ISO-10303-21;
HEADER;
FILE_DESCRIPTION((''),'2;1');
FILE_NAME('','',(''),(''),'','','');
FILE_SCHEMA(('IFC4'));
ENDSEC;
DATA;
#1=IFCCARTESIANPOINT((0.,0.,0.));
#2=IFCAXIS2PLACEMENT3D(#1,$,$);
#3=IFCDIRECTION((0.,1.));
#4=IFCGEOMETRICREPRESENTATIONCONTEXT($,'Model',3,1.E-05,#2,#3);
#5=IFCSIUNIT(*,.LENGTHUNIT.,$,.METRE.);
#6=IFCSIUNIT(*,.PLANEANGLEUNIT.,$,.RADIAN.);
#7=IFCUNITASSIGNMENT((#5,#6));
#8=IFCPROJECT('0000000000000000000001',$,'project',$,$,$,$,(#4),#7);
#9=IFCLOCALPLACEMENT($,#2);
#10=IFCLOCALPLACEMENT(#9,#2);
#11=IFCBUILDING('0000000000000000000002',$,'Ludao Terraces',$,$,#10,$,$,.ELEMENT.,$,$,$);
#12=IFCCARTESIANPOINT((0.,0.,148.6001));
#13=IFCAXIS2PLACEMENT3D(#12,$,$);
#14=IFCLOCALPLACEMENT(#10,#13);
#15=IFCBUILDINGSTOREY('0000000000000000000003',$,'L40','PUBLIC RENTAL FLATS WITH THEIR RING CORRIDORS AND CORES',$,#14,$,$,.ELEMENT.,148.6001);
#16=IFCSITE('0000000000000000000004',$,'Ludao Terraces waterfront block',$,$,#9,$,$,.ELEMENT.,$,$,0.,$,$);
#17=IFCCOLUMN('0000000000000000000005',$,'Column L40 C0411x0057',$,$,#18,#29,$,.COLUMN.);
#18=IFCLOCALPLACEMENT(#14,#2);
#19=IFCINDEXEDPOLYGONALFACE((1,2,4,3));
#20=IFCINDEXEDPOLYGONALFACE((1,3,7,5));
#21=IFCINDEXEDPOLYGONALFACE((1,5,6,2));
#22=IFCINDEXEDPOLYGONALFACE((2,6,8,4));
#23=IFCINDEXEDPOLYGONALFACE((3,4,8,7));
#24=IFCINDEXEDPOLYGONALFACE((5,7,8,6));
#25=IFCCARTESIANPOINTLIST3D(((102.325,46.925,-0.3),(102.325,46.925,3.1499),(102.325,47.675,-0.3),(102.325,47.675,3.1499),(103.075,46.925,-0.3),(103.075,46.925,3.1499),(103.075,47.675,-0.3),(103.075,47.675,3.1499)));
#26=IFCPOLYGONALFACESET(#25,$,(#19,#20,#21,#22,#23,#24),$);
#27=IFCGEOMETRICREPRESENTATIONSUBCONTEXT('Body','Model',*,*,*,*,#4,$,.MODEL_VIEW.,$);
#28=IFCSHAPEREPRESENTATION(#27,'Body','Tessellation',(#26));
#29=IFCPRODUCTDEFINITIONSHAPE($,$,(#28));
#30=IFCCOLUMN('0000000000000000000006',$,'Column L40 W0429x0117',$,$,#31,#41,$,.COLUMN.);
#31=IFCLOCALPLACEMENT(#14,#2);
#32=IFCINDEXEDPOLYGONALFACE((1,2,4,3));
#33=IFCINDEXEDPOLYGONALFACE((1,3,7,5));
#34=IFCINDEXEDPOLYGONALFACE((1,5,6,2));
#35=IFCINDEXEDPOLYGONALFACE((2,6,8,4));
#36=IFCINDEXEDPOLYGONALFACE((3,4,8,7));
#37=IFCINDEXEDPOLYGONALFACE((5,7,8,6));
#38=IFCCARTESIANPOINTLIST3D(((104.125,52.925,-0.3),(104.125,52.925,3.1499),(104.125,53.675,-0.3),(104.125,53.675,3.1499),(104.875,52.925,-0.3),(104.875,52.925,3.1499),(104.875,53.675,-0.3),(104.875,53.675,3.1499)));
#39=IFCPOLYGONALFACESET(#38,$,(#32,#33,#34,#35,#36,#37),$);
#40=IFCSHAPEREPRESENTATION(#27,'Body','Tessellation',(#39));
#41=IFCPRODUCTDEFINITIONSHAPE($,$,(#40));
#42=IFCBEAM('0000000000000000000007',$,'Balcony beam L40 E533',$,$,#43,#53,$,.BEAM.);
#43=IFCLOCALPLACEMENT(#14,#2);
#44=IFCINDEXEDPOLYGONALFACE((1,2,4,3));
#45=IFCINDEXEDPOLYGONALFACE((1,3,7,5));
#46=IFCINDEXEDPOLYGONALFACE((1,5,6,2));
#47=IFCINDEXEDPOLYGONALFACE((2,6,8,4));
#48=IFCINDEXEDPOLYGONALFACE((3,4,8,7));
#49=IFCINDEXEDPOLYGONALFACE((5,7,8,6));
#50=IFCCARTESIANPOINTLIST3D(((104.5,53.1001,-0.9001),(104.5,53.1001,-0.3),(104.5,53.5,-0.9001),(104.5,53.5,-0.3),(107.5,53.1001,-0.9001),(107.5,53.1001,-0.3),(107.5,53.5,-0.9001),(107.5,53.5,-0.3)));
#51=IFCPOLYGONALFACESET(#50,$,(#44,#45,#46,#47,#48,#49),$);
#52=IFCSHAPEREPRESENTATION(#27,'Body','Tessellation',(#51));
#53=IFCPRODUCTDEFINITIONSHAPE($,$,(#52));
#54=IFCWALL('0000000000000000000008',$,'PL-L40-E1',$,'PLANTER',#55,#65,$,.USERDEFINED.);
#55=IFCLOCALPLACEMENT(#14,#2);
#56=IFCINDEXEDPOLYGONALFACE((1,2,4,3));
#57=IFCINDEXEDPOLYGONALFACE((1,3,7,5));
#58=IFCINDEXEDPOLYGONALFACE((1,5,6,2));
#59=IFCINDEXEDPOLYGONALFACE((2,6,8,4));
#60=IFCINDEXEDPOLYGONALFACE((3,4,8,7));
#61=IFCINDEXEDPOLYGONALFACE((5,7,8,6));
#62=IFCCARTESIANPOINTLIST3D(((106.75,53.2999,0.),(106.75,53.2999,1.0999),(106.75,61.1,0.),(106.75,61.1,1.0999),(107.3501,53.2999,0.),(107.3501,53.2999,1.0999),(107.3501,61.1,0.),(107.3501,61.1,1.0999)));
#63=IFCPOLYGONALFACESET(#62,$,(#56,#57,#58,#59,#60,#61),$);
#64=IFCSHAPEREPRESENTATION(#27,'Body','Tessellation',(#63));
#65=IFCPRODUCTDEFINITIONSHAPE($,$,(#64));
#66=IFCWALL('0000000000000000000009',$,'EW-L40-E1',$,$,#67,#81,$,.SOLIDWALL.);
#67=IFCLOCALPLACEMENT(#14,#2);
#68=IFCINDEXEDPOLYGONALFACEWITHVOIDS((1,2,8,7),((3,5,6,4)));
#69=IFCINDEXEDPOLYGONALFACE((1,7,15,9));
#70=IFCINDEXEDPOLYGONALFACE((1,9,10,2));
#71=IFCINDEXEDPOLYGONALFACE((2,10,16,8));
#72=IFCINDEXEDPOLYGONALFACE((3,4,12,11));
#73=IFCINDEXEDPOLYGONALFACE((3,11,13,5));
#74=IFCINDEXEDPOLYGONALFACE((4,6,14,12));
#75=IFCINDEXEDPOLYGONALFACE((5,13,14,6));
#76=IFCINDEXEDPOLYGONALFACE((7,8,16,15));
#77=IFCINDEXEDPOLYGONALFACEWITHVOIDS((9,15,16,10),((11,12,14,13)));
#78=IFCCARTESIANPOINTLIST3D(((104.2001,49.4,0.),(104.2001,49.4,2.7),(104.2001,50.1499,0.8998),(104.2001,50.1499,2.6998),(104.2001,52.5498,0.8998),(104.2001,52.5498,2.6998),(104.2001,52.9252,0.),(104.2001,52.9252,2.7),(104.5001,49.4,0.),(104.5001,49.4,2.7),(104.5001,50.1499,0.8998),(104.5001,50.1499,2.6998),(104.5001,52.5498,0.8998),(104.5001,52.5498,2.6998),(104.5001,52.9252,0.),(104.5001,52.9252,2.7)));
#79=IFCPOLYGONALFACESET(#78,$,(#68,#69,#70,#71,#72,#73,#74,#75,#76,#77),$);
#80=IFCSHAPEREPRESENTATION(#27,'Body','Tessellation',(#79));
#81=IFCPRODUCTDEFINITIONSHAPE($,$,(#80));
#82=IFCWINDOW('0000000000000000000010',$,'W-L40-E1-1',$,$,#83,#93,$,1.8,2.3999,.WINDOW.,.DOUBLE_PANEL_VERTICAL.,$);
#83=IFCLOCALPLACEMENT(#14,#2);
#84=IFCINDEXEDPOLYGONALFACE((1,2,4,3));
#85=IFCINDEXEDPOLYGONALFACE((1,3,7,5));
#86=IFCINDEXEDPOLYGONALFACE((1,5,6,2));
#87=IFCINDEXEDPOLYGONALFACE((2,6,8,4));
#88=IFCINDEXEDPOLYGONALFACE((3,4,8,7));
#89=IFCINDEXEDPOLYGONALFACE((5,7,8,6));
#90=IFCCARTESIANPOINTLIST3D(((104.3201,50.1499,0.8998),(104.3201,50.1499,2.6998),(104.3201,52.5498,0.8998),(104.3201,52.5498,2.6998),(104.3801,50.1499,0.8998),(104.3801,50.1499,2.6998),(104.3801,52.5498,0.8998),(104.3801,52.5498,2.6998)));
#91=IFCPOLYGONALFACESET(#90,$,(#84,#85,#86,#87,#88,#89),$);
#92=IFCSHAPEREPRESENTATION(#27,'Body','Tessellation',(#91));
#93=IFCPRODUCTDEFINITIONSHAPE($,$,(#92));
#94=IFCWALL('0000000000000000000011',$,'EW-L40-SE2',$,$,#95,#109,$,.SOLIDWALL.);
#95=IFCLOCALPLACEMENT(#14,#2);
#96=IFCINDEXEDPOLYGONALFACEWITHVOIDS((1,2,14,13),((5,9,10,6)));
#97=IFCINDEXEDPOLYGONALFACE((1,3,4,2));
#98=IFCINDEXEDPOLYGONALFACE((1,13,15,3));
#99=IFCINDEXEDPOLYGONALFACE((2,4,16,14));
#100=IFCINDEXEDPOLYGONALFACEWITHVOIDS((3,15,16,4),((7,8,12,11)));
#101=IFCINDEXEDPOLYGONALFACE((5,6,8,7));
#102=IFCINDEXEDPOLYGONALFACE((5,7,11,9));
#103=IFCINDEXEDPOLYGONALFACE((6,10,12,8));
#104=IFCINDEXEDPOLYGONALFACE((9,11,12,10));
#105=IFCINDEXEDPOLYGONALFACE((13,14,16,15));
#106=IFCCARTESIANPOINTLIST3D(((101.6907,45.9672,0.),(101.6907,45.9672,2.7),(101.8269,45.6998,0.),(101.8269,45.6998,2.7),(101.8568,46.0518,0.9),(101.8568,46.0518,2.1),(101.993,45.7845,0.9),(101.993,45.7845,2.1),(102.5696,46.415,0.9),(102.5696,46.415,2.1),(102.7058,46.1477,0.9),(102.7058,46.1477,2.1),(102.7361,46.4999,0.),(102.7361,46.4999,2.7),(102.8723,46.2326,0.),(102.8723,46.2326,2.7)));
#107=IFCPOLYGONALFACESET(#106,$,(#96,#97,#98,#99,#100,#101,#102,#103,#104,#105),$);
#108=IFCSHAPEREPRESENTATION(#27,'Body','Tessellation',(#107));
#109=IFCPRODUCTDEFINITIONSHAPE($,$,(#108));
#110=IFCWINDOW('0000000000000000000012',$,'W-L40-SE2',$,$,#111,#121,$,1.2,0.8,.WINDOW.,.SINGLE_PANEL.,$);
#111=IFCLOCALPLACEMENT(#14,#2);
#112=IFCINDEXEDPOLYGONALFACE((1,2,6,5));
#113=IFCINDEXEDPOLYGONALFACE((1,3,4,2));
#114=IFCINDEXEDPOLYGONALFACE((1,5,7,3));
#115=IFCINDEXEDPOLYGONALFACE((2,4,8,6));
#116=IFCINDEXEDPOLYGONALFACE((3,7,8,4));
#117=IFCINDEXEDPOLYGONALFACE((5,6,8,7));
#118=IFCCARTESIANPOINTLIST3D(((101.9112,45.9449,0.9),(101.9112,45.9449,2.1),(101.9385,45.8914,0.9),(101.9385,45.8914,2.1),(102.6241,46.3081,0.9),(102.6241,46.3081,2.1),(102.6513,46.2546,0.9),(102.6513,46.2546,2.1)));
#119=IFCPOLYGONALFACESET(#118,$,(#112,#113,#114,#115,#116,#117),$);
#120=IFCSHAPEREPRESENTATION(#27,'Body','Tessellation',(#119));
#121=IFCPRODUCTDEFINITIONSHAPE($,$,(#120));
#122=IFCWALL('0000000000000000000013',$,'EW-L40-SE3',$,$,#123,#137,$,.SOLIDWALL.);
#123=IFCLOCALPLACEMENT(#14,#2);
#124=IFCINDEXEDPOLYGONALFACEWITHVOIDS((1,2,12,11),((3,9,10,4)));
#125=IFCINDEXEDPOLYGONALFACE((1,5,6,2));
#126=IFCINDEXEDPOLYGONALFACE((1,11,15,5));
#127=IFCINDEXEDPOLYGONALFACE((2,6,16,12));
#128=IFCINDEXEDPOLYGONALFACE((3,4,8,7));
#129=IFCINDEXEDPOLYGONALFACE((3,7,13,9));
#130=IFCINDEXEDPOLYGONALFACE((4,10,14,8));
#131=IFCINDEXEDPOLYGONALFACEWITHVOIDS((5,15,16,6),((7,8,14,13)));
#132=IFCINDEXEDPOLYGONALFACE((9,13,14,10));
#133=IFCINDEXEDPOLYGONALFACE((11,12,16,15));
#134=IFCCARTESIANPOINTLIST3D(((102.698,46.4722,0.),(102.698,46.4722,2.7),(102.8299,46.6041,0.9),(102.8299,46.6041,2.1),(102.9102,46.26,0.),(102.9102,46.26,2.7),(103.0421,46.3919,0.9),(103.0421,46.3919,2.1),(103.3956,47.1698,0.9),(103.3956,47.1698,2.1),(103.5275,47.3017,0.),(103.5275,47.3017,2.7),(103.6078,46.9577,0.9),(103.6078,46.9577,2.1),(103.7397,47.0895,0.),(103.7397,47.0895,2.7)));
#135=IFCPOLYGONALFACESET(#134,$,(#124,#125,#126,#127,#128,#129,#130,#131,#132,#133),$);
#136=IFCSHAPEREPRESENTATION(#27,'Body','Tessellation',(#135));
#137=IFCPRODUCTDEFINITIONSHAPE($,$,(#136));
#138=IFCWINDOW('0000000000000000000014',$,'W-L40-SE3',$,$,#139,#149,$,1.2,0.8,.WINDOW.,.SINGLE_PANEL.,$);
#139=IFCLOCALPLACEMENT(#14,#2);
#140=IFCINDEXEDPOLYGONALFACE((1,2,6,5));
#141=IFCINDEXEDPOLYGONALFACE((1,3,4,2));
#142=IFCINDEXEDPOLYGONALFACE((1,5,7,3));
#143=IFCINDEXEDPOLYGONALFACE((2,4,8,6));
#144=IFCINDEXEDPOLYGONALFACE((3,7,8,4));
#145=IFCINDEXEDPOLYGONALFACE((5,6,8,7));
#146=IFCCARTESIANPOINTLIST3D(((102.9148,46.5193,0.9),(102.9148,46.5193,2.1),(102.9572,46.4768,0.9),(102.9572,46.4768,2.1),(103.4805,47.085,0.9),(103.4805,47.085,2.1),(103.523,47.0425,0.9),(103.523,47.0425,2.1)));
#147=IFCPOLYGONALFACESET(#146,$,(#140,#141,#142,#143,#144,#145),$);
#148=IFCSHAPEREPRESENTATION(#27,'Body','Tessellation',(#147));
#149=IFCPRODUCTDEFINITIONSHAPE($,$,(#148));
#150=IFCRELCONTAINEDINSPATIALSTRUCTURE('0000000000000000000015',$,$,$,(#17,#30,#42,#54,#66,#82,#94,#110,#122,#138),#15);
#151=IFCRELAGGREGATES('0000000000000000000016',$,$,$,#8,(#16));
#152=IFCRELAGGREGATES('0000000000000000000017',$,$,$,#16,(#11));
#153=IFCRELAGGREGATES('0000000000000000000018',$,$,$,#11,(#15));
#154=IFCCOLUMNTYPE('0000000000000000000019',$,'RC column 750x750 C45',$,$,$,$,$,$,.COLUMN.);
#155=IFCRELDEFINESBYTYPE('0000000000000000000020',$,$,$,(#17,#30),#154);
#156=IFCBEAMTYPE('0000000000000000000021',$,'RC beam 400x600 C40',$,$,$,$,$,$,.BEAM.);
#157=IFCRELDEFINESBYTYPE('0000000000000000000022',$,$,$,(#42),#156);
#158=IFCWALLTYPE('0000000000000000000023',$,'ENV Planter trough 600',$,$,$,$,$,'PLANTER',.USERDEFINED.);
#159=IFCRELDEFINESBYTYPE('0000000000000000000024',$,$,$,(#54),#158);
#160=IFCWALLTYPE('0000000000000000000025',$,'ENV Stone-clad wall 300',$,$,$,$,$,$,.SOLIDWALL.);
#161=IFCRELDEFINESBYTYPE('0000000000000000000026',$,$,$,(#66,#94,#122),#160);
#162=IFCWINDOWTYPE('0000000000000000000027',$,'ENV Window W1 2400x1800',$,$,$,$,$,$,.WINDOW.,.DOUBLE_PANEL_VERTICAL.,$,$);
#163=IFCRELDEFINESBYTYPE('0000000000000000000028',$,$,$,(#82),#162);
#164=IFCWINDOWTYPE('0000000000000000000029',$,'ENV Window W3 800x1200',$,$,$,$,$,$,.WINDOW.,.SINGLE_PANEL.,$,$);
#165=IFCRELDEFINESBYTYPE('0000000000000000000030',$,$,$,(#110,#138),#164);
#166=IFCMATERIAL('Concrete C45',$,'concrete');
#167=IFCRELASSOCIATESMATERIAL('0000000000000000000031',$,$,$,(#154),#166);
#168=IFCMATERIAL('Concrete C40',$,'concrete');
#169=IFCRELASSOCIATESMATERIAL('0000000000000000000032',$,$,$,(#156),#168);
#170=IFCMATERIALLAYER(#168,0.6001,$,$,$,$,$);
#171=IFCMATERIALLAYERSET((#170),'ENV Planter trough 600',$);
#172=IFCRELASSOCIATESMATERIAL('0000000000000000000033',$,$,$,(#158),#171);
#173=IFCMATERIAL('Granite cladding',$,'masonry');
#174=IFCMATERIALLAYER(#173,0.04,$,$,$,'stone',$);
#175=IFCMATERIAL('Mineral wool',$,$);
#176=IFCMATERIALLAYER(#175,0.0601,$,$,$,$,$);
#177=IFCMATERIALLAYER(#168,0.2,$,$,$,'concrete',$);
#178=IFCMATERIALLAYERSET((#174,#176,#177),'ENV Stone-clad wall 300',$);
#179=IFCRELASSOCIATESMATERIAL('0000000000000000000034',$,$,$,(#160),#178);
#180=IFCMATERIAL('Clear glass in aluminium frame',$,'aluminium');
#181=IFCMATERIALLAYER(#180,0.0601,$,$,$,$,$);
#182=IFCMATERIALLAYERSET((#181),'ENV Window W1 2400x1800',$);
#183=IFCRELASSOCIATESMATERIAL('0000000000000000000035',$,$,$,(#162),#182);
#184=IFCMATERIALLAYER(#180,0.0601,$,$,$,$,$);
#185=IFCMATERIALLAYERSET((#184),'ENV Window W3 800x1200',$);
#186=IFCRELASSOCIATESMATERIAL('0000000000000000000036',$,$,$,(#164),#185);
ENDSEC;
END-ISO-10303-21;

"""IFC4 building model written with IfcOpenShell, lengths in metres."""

from ifc_helpers import new_model, si_unit, direction, frame, frame_2d, origin, origin_2d, place, context, subcontext, project, spatial, rectangle, extrude, material, layer, layer_set, material_profile, profile_set, type_object, element, fill, save


model = new_model("IFC4")

# Units and contexts
model_context = context("Model", 3, precision=1e-05, world=origin(), true_north=direction((0.0, 1.0)))
body_context = subcontext(model_context, "Body", "Model", "MODEL_VIEW")
ifc_project = project(units=[si_unit("LENGTHUNIT", "METRE"), si_unit("PLANEANGLEUNIT", "RADIAN")], contexts=[model_context])

# Site, building, storey
site_placement = place(None, origin())
site = spatial("IfcSite", under=ifc_project, at=site_placement, Name="Ludao Terraces waterfront block", CompositionType="ELEMENT", RefElevation=0.0)
building_placement = place(site_placement, origin())
building = spatial("IfcBuilding", under=site, at=building_placement, Name="Ludao Terraces", CompositionType="ELEMENT")
storey_placement = place(building_placement, frame((0.0, 0.0, 148.6001)))
storey = spatial("IfcBuildingStorey", under=building, at=storey_placement, Name="L40", Description="PUBLIC RENTAL FLATS WITH THEIR RING CORRIDORS AND CORES", CompositionType="ELEMENT", Elevation=148.6001)

# Columns
ifc_material_1 = material(Name="Concrete C45", Category="concrete")
ifc_material_profile_1 = material_profile(ifc_material_1, rectangle(XDim=0.75, YDim=0.75, at=origin_2d()), Name="750 X 750")
ifc_profile_set_1 = profile_set([ifc_material_profile_1], Name="Concrete C45")
column_type = type_object("IfcColumnType", Name="RC column 750x750 C45", PredefinedType="COLUMN", material=ifc_profile_set_1)
for number, where, z_axis, x_axis, name in (
    (1, (102.7, 47.3, -0.3), (0.0, 0.0, 1.0), (1.0, 0.0, 0.0), "Column L40 C0411x0057"),
    (2, (104.5, 53.3, -0.3), (0.0, 0.0, 1.0), (1.0, 0.0, 0.0), "Column L40 W0429x0117"),
):
    element("IfcColumn", number, at=place(storey_placement, frame(where, z_axis=z_axis, x_axis=x_axis)), inside=storey, type_object=column_type, Name=name, PredefinedType="COLUMN", context=body_context, shape_type="SweptSolid", body=[
        extrude(rectangle(XDim=0.75, YDim=0.75, at=origin_2d()), origin(), (0.0, 0.0, 1.0), 3.45),
    ])

# Beam
ifc_material_2 = material(Name="Concrete C40", Category="concrete")
ifc_material_profile_2 = material_profile(ifc_material_2, rectangle(XDim=0.3999, YDim=0.6001, at=origin_2d()), Name="400 X 600")
ifc_profile_set_2 = profile_set([ifc_material_profile_2], Name="Concrete C40")
beam_type = type_object("IfcBeamType", Name="RC beam 400x600 C40", PredefinedType="BEAM", material=ifc_profile_set_2)
beam_placement = place(storey_placement, frame((104.5, 53.3, -0.6001), z_axis=(1.0, 0.0, 0.0), x_axis=(0.0, 1.0, 0.0)))
element("IfcBeam", 3, at=beam_placement, inside=storey, type_object=beam_type, Name="Balcony beam L40 E533", PredefinedType="BEAM", context=body_context, shape_type="SweptSolid", body=[
    extrude(rectangle(XDim=0.3999, YDim=0.6001, at=origin_2d()), origin(), (0.0, 0.0, 1.0), 3.0),
])

# Wall
ifc_layer_1 = layer(ifc_material_2, 0.6001)
ifc_layer_set_1 = layer_set([ifc_layer_1], Name="ENV Planter trough 600")
wall_type_1 = type_object("IfcWallType", Name="ENV Planter trough 600", ElementType="PLANTER", PredefinedType="USERDEFINED", material=ifc_layer_set_1)
wall_1_placement = place(storey_placement, frame((107.05, 53.3, 0.0), z_axis=(0.0, 0.0, 1.0), x_axis=(0.0, 1.0, 0.0)))
element("IfcWall", 4, at=wall_1_placement, inside=storey, type_object=wall_type_1, Name="PL-L40-E1", ObjectType="PLANTER", PredefinedType="USERDEFINED", context=body_context, shape_type="SweptSolid", body=[
    extrude(rectangle(XDim=7.8, YDim=0.6001, at=frame_2d((3.8999, 0.0))), origin(), (0.0, 0.0, 1.0), 1.0999),
])

# Walls, openings, windows
ifc_material_3 = material(Name="Granite cladding", Category="masonry")
ifc_layer_2 = layer(ifc_material_3, 0.04, Category="stone")
ifc_material_4 = material(Name="Mineral wool")
ifc_layer_3 = layer(ifc_material_4, 0.0601)
ifc_layer_4 = layer(ifc_material_2, 0.2, Category="concrete")
ifc_layer_set_2 = layer_set([ifc_layer_2, ifc_layer_3, ifc_layer_4], Name="ENV Stone-clad wall 300")
wall_type_2 = type_object("IfcWallType", Name="ENV Stone-clad wall 300", PredefinedType="SOLIDWALL", material=ifc_layer_set_2)
wall_2_placement = place(storey_placement, frame((104.3501, 49.3999, 0.0), z_axis=(0.0, 0.0, 1.0), x_axis=(0.0, 1.0, 0.0)))
wall_2 = element("IfcWall", 5, at=wall_2_placement, inside=storey, type_object=wall_type_2, Name="EW-L40-E1", PredefinedType="SOLIDWALL", context=body_context, shape_type="SweptSolid", body=[
    extrude(rectangle(XDim=3.5251, YDim=0.3, at=frame_2d((1.7627, 0.0))), origin(), (0.0, 0.0, 1.0), 2.7),
])
opening_1_placement = place(wall_2_placement, frame((0.75, 0.0, 0.8999)))
opening_1 = element("IfcOpeningElement", 6, at=opening_1_placement, cuts=wall_2, PredefinedType="OPENING", context=body_context, shape_type="SweptSolid", body=[
    extrude(rectangle(XDim=2.3999, YDim=1.8, at=frame_2d((1.2, 0.8999))), frame((0.0, 0.1602, 0.0), z_axis=(0.0, -1.0, 0.0), x_axis=(1.0, 0.0, 0.0)), (0.0, 0.0, 1.0), 0.3201),
])
ifc_material_5 = material(Name="Clear glass in aluminium frame", Category="aluminium")
ifc_layer_5 = layer(ifc_material_5, 0.0601)
ifc_layer_set_3 = layer_set([ifc_layer_5], Name="ENV Window W1 2400x1800")
window_type_1 = type_object("IfcWindowType", Name="ENV Window W1 2400x1800", PartitioningType="DOUBLE_PANEL_VERTICAL", PredefinedType="WINDOW", material=ifc_layer_set_3)
window_1_placement = place(opening_1_placement, origin())
window_1 = element("IfcWindow", 7, at=window_1_placement, inside=storey, type_object=window_type_1, Name="W-L40-E1-1", OverallHeight=1.8, OverallWidth=2.3999, PartitioningType="DOUBLE_PANEL_VERTICAL", PredefinedType="WINDOW", context=body_context, shape_type="SweptSolid", body=[
    extrude(rectangle(XDim=2.3999, YDim=1.8, at=frame_2d((1.2, 0.8999))), frame((0.0, 0.03, 0.0), z_axis=(0.0, -1.0, 0.0), x_axis=(1.0, 0.0, 0.0)), (0.0, 0.0, 1.0), 0.0601),
])
fill(opening_1, window_1)
wall_3_placement = place(storey_placement, frame((101.7588, 45.8335, 0.0), z_axis=(0.0, 0.0, 1.0), x_axis=(0.890989, 0.454026, 0.0)))
wall_3 = element("IfcWall", 8, at=wall_3_placement, inside=storey, type_object=wall_type_2, Name="EW-L40-SE2", PredefinedType="SOLIDWALL", context=body_context, shape_type="SweptSolid", body=[
    extrude(rectangle(XDim=1.1733, YDim=0.3, at=frame_2d((0.5867, 0.0))), origin(), (0.0, 0.0, 1.0), 2.7),
])
opening_2_placement = place(wall_3_placement, frame((0.1865, 0.0, 0.8999)))
opening_2 = element("IfcOpeningElement", 9, at=opening_2_placement, cuts=wall_3, PredefinedType="OPENING", context=body_context, shape_type="SweptSolid", body=[
    extrude(rectangle(XDim=0.8, YDim=1.2, at=frame_2d((0.3999, 0.6001))), frame((0.0, 0.1602, 0.0), z_axis=(0.0, -1.0, 0.0), x_axis=(1.0, 0.0, 0.0)), (0.0, 0.0, 1.0), 0.3201),
])
ifc_layer_6 = layer(ifc_material_5, 0.0601)
ifc_layer_set_4 = layer_set([ifc_layer_6], Name="ENV Window W3 800x1200")
window_type_2 = type_object("IfcWindowType", Name="ENV Window W3 800x1200", PartitioningType="SINGLE_PANEL", PredefinedType="WINDOW", material=ifc_layer_set_4)
window_2_placement = place(opening_2_placement, origin())
window_2 = element("IfcWindow", 10, at=window_2_placement, inside=storey, type_object=window_type_2, Name="W-L40-SE2", OverallHeight=1.2, OverallWidth=0.8, PartitioningType="SINGLE_PANEL", PredefinedType="WINDOW", context=body_context, shape_type="SweptSolid", body=[
    extrude(rectangle(XDim=0.8, YDim=1.2, at=frame_2d((0.3999, 0.6001))), frame((0.0, 0.03, 0.0), z_axis=(0.0, -1.0, 0.0), x_axis=(1.0, 0.0, 0.0)), (0.0, 0.0, 1.0), 0.0601),
])
fill(opening_2, window_2)
wall_4_placement = place(storey_placement, frame((102.8042, 46.3662, 0.0), z_axis=(0.0, 0.0, 1.0), x_axis=(0.707107, 0.707107, 0.0)))
wall_4 = element("IfcWall", 11, at=wall_4_placement, inside=storey, type_object=wall_type_2, Name="EW-L40-SE3", PredefinedType="SOLIDWALL", context=body_context, shape_type="SweptSolid", body=[
    extrude(rectangle(XDim=1.1731, YDim=0.3, at=frame_2d((0.5864, 0.0))), origin(), (0.0, 0.0, 1.0), 2.7),
])
opening_3_placement = place(wall_4_placement, frame((0.1865, 0.0, 0.8999)))
opening_3 = element("IfcOpeningElement", 12, at=opening_3_placement, cuts=wall_4, PredefinedType="OPENING", context=body_context, shape_type="SweptSolid", body=[
    extrude(rectangle(XDim=0.8, YDim=1.2, at=frame_2d((0.3999, 0.6001))), frame((0.0, 0.1602, 0.0), z_axis=(0.0, -1.0, 0.0), x_axis=(1.0, 0.0, 0.0)), (0.0, 0.0, 1.0), 0.3201),
])
window_3_placement = place(opening_3_placement, origin())
window_3 = element("IfcWindow", 13, at=window_3_placement, inside=storey, type_object=window_type_2, Name="W-L40-SE3", OverallHeight=1.2, OverallWidth=0.8, PartitioningType="SINGLE_PANEL", PredefinedType="WINDOW", context=body_context, shape_type="SweptSolid", body=[
    extrude(rectangle(XDim=0.8, YDim=1.2, at=frame_2d((0.3999, 0.6001))), frame((0.0, 0.03, 0.0), z_axis=(0.0, -1.0, 0.0), x_axis=(1.0, 0.0, 0.0)), (0.0, 0.0, 1.0), 0.0601),
])
fill(opening_3, window_3)

save(model, "model.ifc")
